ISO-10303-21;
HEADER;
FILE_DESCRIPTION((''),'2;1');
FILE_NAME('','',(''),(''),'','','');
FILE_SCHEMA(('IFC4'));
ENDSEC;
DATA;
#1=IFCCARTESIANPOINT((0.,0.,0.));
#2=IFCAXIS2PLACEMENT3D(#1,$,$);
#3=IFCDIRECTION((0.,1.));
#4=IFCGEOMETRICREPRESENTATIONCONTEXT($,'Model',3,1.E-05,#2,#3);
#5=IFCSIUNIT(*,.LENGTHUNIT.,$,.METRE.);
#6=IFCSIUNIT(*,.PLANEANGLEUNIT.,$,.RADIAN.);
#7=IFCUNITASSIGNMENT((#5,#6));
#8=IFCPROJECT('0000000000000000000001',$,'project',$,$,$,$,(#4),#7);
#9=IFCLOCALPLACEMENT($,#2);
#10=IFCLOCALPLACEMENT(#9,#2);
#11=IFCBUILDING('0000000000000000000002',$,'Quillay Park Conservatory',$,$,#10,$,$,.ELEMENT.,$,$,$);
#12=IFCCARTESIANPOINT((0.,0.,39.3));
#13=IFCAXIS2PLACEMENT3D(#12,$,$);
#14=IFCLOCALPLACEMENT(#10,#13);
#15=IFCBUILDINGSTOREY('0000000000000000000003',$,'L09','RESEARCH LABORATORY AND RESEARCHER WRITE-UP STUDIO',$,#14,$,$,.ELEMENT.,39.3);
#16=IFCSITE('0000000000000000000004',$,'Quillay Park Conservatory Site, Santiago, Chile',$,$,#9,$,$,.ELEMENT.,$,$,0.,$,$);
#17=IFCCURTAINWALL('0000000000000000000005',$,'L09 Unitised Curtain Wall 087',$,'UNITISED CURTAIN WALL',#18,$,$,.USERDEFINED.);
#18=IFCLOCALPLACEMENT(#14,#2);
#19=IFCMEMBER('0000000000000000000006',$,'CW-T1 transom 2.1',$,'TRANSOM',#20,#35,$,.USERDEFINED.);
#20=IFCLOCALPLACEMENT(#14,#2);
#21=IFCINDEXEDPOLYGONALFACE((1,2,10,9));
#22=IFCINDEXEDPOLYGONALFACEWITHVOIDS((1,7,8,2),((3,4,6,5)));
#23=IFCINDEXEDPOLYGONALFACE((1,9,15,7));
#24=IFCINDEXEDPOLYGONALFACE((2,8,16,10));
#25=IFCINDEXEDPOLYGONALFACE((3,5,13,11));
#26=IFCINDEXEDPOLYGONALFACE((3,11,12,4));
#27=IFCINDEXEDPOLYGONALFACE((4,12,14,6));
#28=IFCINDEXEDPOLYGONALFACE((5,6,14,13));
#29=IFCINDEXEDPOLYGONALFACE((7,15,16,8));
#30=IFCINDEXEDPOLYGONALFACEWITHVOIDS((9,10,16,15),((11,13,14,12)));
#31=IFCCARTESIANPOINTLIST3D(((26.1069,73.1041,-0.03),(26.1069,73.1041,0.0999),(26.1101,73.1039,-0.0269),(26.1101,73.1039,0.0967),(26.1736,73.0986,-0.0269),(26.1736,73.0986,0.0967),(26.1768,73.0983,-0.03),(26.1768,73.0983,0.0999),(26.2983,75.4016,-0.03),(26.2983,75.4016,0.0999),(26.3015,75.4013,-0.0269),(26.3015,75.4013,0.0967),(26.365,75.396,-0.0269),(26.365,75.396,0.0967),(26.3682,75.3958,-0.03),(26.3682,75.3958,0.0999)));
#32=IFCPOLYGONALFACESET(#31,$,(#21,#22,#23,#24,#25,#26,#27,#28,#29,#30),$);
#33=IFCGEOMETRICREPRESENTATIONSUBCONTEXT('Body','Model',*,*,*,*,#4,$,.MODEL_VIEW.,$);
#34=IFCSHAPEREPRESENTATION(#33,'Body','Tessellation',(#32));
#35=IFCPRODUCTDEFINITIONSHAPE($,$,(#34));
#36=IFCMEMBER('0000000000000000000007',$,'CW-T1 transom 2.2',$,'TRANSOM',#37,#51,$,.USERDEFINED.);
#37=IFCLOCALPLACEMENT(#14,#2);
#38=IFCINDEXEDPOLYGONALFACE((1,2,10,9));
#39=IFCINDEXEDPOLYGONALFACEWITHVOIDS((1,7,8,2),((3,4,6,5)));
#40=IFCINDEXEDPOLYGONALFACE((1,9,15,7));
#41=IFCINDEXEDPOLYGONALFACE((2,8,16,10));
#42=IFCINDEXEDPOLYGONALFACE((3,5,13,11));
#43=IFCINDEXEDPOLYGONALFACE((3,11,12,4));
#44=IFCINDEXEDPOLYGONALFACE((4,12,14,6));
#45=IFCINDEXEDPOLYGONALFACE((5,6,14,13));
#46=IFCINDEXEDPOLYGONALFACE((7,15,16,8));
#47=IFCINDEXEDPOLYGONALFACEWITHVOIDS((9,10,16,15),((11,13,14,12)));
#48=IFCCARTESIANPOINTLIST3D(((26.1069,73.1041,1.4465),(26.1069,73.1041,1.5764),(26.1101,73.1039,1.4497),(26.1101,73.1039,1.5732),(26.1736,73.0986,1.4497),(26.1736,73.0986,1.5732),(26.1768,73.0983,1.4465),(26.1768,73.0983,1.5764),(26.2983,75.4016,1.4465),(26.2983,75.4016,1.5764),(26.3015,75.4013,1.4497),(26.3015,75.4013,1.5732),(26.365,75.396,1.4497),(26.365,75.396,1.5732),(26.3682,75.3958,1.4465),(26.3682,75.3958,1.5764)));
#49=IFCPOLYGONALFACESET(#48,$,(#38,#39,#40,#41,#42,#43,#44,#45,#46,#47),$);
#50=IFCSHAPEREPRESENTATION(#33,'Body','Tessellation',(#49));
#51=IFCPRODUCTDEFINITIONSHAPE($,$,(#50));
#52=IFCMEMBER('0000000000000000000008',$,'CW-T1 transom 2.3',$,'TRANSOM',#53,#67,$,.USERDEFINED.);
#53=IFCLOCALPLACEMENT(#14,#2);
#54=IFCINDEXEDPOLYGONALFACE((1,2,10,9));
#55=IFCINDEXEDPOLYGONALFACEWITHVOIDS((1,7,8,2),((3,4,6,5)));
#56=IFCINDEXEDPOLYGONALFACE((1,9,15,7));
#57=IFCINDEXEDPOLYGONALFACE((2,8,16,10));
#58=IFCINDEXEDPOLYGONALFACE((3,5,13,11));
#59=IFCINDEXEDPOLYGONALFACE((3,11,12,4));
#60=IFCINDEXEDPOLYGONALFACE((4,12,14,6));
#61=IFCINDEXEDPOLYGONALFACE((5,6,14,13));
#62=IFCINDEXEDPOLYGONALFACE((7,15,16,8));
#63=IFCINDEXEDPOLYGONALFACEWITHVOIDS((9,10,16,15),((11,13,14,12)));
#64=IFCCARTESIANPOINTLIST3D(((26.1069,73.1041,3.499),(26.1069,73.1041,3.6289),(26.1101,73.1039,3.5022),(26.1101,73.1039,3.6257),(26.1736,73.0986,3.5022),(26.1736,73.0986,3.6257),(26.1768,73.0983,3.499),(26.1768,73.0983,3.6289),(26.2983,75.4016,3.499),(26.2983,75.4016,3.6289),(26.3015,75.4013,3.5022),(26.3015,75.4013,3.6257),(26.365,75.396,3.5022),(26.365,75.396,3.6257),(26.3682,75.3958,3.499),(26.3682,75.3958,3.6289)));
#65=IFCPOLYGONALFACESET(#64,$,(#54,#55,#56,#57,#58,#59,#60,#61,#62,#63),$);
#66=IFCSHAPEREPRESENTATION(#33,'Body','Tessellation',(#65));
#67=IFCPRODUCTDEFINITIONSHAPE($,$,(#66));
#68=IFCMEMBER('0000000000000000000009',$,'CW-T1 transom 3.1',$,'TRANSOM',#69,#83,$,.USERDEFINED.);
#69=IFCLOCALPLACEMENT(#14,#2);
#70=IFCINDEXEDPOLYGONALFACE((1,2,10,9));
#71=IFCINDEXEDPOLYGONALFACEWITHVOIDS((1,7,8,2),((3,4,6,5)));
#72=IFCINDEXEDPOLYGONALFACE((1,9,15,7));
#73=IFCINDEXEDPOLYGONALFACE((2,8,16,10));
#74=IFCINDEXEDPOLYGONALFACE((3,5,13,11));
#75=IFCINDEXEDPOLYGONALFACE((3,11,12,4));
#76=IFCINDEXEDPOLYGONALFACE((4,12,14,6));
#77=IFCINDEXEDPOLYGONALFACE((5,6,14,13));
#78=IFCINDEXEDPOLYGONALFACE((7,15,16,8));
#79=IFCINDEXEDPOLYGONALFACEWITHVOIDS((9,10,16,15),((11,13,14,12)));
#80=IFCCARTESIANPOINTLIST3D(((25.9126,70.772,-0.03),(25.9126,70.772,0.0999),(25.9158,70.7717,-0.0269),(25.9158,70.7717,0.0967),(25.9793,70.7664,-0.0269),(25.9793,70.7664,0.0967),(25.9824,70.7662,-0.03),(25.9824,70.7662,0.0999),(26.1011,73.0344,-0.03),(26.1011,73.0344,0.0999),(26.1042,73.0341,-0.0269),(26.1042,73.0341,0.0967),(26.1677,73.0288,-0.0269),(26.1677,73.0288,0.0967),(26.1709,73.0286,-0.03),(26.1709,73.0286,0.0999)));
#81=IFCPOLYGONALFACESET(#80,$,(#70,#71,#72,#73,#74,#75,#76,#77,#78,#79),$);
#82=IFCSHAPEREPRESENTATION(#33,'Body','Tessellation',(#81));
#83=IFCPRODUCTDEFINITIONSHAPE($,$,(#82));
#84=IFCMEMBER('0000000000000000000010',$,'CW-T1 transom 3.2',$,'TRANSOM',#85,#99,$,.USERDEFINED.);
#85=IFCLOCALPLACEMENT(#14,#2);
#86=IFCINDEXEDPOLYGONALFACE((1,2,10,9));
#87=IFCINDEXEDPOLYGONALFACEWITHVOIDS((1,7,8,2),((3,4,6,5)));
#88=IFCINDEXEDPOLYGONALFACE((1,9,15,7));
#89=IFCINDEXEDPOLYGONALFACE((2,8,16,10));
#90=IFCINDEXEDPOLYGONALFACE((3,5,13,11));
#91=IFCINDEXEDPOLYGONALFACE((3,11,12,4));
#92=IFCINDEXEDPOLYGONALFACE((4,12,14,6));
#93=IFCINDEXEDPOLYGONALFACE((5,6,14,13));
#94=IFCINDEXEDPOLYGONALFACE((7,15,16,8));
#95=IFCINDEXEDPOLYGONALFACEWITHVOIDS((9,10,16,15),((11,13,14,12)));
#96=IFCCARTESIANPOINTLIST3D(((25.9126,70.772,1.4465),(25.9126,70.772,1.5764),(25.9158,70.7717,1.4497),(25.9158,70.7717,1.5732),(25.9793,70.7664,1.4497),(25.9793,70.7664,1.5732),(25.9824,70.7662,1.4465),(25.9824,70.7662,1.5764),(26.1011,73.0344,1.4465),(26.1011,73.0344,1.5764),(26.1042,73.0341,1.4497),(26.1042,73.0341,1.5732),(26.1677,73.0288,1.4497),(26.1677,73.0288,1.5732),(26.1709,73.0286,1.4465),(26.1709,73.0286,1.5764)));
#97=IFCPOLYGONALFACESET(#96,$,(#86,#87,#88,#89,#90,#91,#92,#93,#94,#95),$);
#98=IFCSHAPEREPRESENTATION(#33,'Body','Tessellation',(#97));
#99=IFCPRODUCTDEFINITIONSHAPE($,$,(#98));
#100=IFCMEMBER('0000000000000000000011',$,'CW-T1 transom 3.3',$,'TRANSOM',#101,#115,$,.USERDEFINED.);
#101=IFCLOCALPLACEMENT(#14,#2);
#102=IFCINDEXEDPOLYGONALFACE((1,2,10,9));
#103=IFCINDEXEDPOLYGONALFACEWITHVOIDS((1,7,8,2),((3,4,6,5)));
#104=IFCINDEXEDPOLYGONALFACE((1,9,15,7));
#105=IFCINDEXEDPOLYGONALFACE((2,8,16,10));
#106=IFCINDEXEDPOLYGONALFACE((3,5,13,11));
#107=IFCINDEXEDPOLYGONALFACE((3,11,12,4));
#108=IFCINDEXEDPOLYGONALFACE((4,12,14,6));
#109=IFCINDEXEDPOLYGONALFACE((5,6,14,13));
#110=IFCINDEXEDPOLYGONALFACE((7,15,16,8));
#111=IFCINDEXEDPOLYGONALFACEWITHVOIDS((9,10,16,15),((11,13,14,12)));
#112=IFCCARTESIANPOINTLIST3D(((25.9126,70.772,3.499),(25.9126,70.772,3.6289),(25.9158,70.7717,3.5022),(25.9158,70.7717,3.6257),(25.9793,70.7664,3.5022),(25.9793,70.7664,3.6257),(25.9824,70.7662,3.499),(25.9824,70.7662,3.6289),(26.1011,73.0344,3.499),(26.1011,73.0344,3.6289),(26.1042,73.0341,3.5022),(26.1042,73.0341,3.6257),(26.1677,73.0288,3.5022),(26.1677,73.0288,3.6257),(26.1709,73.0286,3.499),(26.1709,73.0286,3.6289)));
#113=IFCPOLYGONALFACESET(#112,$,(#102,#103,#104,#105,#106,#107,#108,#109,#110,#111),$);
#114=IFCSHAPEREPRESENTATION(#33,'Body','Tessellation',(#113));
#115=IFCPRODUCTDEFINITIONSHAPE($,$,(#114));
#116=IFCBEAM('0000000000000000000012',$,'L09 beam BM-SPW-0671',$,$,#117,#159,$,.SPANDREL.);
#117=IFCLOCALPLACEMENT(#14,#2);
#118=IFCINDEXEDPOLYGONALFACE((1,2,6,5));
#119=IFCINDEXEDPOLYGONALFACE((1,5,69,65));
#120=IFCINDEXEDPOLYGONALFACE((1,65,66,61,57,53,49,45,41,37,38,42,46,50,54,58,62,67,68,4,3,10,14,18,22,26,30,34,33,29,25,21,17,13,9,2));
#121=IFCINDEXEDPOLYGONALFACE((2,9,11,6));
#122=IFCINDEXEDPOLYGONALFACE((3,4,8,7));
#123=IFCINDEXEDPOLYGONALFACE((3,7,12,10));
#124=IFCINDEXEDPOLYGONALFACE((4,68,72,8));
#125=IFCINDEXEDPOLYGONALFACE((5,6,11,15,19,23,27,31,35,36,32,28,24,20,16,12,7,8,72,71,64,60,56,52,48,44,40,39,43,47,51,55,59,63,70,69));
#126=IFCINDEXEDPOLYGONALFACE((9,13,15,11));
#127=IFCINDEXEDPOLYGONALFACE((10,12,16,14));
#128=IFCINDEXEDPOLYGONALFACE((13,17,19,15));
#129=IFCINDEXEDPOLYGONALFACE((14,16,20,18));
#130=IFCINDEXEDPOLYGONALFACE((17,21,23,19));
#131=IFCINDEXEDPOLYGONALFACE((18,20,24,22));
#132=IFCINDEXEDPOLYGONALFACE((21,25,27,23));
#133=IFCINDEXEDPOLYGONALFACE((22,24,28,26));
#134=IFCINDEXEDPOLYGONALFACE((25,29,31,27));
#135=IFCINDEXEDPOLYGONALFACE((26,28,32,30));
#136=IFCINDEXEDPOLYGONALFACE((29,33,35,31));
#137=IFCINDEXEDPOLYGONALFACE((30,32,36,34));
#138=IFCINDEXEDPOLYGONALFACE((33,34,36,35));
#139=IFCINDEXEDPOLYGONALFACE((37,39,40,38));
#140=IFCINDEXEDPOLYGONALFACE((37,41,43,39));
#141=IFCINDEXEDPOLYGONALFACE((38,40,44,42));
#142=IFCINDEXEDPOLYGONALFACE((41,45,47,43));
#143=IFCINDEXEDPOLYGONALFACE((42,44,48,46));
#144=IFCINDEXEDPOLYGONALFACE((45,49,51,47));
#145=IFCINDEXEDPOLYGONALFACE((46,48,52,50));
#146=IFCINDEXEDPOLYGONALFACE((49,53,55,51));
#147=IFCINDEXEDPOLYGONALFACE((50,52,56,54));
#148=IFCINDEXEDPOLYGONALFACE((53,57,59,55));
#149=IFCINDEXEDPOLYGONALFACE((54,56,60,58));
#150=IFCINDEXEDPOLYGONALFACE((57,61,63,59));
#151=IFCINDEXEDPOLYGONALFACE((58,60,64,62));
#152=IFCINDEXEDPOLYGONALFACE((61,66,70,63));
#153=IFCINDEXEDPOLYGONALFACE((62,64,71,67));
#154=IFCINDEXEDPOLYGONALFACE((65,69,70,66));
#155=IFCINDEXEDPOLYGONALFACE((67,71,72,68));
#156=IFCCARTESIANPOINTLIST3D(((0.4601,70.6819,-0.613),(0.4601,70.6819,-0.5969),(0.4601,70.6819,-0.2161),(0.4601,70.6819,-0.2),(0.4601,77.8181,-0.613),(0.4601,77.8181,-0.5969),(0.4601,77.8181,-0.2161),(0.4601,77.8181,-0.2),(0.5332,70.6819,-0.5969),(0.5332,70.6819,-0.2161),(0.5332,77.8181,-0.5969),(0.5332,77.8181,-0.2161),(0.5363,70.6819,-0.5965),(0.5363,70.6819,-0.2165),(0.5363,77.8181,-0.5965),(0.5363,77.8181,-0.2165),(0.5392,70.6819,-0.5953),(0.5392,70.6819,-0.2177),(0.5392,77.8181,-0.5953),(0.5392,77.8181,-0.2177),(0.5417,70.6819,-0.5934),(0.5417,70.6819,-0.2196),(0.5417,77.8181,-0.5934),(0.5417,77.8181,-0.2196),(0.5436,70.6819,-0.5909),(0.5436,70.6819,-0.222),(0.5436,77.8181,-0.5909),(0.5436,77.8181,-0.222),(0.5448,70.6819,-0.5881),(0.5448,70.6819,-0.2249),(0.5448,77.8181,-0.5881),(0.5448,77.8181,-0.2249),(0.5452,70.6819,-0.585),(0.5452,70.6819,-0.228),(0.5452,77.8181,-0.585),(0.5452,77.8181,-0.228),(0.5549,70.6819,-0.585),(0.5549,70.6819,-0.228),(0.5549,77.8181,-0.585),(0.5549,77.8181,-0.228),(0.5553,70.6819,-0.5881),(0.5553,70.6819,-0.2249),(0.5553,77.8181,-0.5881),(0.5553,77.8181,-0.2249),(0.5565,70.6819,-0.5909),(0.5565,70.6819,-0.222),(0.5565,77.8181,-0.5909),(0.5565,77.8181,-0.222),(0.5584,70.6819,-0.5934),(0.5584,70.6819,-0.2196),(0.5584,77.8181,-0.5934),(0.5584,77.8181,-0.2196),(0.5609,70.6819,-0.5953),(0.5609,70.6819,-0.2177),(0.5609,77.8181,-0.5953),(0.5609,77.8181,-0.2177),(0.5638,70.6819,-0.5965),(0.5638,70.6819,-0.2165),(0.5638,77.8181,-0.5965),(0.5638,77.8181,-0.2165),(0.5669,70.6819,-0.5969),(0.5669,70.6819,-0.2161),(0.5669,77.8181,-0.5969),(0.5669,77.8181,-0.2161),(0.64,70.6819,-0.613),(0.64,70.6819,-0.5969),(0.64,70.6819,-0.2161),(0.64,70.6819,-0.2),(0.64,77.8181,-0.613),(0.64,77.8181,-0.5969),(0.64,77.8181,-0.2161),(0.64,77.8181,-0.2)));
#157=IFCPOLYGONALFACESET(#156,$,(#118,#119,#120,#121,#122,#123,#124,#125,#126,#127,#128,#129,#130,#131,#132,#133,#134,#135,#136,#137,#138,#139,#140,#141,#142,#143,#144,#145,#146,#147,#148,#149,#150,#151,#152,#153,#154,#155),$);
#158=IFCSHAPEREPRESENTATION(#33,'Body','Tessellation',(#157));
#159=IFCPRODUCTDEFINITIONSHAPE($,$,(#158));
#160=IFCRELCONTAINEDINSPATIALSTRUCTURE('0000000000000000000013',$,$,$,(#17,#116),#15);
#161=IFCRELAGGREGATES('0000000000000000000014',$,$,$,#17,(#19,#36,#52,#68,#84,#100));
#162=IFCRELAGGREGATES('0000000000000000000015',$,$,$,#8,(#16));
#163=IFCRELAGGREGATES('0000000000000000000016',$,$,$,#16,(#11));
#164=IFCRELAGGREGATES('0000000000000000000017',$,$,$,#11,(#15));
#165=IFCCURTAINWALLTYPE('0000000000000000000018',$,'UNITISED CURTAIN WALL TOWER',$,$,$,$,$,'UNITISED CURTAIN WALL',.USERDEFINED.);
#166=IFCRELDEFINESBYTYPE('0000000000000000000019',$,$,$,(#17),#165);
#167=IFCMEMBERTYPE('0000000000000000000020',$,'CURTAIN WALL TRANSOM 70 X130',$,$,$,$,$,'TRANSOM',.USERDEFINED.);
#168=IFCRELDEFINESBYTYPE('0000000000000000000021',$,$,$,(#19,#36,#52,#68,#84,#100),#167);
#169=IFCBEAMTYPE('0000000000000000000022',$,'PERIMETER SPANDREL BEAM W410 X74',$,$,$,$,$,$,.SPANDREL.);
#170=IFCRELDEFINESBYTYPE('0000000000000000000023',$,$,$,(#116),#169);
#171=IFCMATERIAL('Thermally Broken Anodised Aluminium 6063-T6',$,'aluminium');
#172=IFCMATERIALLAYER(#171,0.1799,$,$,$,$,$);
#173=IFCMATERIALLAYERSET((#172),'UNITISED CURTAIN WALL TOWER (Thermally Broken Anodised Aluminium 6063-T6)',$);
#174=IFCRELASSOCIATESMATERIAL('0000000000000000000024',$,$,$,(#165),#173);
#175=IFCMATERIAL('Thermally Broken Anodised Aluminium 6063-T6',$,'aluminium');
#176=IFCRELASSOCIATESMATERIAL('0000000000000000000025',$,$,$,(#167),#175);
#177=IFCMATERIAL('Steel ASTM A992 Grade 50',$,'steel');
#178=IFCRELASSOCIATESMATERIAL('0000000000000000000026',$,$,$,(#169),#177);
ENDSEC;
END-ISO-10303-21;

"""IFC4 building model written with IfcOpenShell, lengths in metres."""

from ifc_helpers import new_model, si_unit, direction, frame, origin, origin_2d, place, context, subcontext, project, spatial, hollow_rectangle, i_section, extrude, material, layer, layer_set, material_profile, profile_set, type_object, element, aggregate, save


model = new_model("IFC4")

# Units and contexts
model_context = context("Model", 3, precision=1e-05, world=origin(), true_north=direction((0.0, 1.0)))
body_context = subcontext(model_context, "Body", "Model", "MODEL_VIEW")
ifc_project = project(units=[si_unit("LENGTHUNIT", "METRE"), si_unit("PLANEANGLEUNIT", "RADIAN")], contexts=[model_context])

# Site, building, storey
site_placement = place(None, origin())
site = spatial("IfcSite", under=ifc_project, at=site_placement, Name="Quillay Park Conservatory Site, Santiago, Chile", CompositionType="ELEMENT", RefElevation=0.0)
building_placement = place(site_placement, origin())
building = spatial("IfcBuilding", under=site, at=building_placement, Name="Quillay Park Conservatory", CompositionType="ELEMENT")
storey_placement = place(building_placement, frame((0.0, 0.0, 39.3)))
storey = spatial("IfcBuildingStorey", under=building, at=storey_placement, Name="L09", Description="RESEARCH LABORATORY AND RESEARCHER WRITE-UP STUDIO", CompositionType="ELEMENT", Elevation=39.3)

# Curtain wall, members
ifc_material_1 = material(Name="Thermally Broken Anodised Aluminium 6063-T6", Category="aluminium")
ifc_layer_1 = layer(ifc_material_1, 0.1799)
ifc_layer_set_1 = layer_set([ifc_layer_1], Name="UNITISED CURTAIN WALL TOWER (Thermally Broken Anodised Aluminium 6063-T6)")
curtain_wall_type = type_object("IfcCurtainWallType", Name="UNITISED CURTAIN WALL TOWER", ElementType="UNITISED CURTAIN WALL", PredefinedType="USERDEFINED", material=ifc_layer_set_1)
curtain_wall_placement = place(storey_placement, origin())
curtain_wall = element("IfcCurtainWall", 1, at=curtain_wall_placement, inside=storey, type_object=curtain_wall_type, Name="L09 Unitised Curtain Wall 087", ObjectType="UNITISED CURTAIN WALL", PredefinedType="USERDEFINED")
ifc_material_2 = material(Name="Thermally Broken Anodised Aluminium 6063-T6", Category="aluminium")
ifc_material_profile_1 = material_profile(ifc_material_2, hollow_rectangle(XDim=0.0701, YDim=0.1299, WallThickness=0.0032, at=origin_2d()), Name="AL70x130x3.2")
ifc_profile_set_1 = profile_set([ifc_material_profile_1], Name="Thermally Broken Anodised Aluminium 6063-T6")
member_type_1 = type_object("IfcMemberType", Name="CURTAIN WALL TRANSOM 70 X130", ElementType="TRANSOM", PredefinedType="USERDEFINED", material=ifc_profile_set_1)
member_1_placement = place(storey_placement, frame((26.3333, 75.3987, 0.0349), z_axis=(-0.083028, -0.996547, 0.0), x_axis=(0.996547, -0.083028, 0.0)))
member_1 = element("IfcMember", 2, at=member_1_placement, type_object=member_type_1, Name="CW-T1 transom 2.1", ObjectType="TRANSOM", PredefinedType="USERDEFINED", context=body_context, shape_type="SweptSolid", body=[
    extrude(hollow_rectangle(XDim=0.0701, YDim=0.1299, WallThickness=0.0032, at=origin_2d()), origin(), (0.0, 0.0, 1.0), 2.3054),
])
member_2_placement = place(storey_placement, frame((26.3333, 75.3987, 1.5115), z_axis=(-0.083028, -0.996547, 0.0), x_axis=(0.996547, -0.083028, 0.0)))
member_2 = element("IfcMember", 3, at=member_2_placement, type_object=member_type_1, Name="CW-T1 transom 2.2", ObjectType="TRANSOM", PredefinedType="USERDEFINED", context=body_context, shape_type="SweptSolid", body=[
    extrude(hollow_rectangle(XDim=0.0701, YDim=0.1299, WallThickness=0.0032, at=origin_2d()), origin(), (0.0, 0.0, 1.0), 2.3054),
])
member_3_placement = place(storey_placement, frame((26.3333, 75.3987, 3.564), z_axis=(-0.083028, -0.996547, 0.0), x_axis=(0.996547, -0.083028, 0.0)))
member_3 = element("IfcMember", 4, at=member_3_placement, type_object=member_type_1, Name="CW-T1 transom 2.3", ObjectType="TRANSOM", PredefinedType="USERDEFINED", context=body_context, shape_type="SweptSolid", body=[
    extrude(hollow_rectangle(XDim=0.0701, YDim=0.1299, WallThickness=0.0032, at=origin_2d()), origin(), (0.0, 0.0, 1.0), 2.3054),
])
member_4_placement = place(storey_placement, frame((26.136, 73.0315, 0.0349), z_axis=(-0.083019, -0.996548, 0.0), x_axis=(0.996548, -0.083019, 0.0)))
member_4 = element("IfcMember", 5, at=member_4_placement, type_object=member_type_1, Name="CW-T1 transom 3.1", ObjectType="TRANSOM", PredefinedType="USERDEFINED", context=body_context, shape_type="SweptSolid", body=[
    extrude(hollow_rectangle(XDim=0.0701, YDim=0.1299, WallThickness=0.0032, at=origin_2d()), origin(), (0.0, 0.0, 1.0), 2.2703),
])
member_5_placement = place(storey_placement, frame((26.136, 73.0315, 1.5115), z_axis=(-0.083019, -0.996548, 0.0), x_axis=(0.996548, -0.083019, 0.0)))
member_5 = element("IfcMember", 6, at=member_5_placement, type_object=member_type_1, Name="CW-T1 transom 3.2", ObjectType="TRANSOM", PredefinedType="USERDEFINED", context=body_context, shape_type="SweptSolid", body=[
    extrude(hollow_rectangle(XDim=0.0701, YDim=0.1299, WallThickness=0.0032, at=origin_2d()), origin(), (0.0, 0.0, 1.0), 2.2703),
])
member_6_placement = place(storey_placement, frame((26.136, 73.0315, 3.564), z_axis=(-0.083019, -0.996548, 0.0), x_axis=(0.996548, -0.083019, 0.0)))
member_6 = element("IfcMember", 7, at=member_6_placement, type_object=member_type_1, Name="CW-T1 transom 3.3", ObjectType="TRANSOM", PredefinedType="USERDEFINED", context=body_context, shape_type="SweptSolid", body=[
    extrude(hollow_rectangle(XDim=0.0701, YDim=0.1299, WallThickness=0.0032, at=origin_2d()), origin(), (0.0, 0.0, 1.0), 2.2703),
])

# Beam
ifc_material_3 = material(Name="Steel ASTM A992 Grade 50", Category="steel")
ifc_material_profile_2 = material_profile(ifc_material_3, i_section(OverallWidth=0.1799, OverallDepth=0.4131, WebThickness=0.0098, FlangeThickness=0.0161, FilletRadius=0.012, at=origin_2d()), Name="W410x74")
ifc_profile_set_2 = profile_set([ifc_material_profile_2], Name="Steel ASTM A992 Grade 50")
beam_type_1 = type_object("IfcBeamType", Name="PERIMETER SPANDREL BEAM W410 X74", PredefinedType="SPANDREL", material=ifc_profile_set_2)
beam_1_placement = place(storey_placement, frame((0.55, 70.6819, -0.4065), z_axis=(0.0, 1.0, 0.0), x_axis=(-1.0, 0.0, 0.0)))
element("IfcBeam", 8, at=beam_1_placement, inside=storey, type_object=beam_type_1, Name="L09 beam BM-SPW-0671", PredefinedType="SPANDREL", context=body_context, shape_type="SweptSolid", body=[
    extrude(i_section(OverallWidth=0.1799, OverallDepth=0.4131, WebThickness=0.0098, FlangeThickness=0.0161, FilletRadius=0.012, at=origin_2d()), origin(), (0.0, 0.0, 1.0), 7.1362),
])

aggregate(curtain_wall, [member_1, member_2, member_3, member_4, member_5, member_6])

save(model, "model.ifc")
